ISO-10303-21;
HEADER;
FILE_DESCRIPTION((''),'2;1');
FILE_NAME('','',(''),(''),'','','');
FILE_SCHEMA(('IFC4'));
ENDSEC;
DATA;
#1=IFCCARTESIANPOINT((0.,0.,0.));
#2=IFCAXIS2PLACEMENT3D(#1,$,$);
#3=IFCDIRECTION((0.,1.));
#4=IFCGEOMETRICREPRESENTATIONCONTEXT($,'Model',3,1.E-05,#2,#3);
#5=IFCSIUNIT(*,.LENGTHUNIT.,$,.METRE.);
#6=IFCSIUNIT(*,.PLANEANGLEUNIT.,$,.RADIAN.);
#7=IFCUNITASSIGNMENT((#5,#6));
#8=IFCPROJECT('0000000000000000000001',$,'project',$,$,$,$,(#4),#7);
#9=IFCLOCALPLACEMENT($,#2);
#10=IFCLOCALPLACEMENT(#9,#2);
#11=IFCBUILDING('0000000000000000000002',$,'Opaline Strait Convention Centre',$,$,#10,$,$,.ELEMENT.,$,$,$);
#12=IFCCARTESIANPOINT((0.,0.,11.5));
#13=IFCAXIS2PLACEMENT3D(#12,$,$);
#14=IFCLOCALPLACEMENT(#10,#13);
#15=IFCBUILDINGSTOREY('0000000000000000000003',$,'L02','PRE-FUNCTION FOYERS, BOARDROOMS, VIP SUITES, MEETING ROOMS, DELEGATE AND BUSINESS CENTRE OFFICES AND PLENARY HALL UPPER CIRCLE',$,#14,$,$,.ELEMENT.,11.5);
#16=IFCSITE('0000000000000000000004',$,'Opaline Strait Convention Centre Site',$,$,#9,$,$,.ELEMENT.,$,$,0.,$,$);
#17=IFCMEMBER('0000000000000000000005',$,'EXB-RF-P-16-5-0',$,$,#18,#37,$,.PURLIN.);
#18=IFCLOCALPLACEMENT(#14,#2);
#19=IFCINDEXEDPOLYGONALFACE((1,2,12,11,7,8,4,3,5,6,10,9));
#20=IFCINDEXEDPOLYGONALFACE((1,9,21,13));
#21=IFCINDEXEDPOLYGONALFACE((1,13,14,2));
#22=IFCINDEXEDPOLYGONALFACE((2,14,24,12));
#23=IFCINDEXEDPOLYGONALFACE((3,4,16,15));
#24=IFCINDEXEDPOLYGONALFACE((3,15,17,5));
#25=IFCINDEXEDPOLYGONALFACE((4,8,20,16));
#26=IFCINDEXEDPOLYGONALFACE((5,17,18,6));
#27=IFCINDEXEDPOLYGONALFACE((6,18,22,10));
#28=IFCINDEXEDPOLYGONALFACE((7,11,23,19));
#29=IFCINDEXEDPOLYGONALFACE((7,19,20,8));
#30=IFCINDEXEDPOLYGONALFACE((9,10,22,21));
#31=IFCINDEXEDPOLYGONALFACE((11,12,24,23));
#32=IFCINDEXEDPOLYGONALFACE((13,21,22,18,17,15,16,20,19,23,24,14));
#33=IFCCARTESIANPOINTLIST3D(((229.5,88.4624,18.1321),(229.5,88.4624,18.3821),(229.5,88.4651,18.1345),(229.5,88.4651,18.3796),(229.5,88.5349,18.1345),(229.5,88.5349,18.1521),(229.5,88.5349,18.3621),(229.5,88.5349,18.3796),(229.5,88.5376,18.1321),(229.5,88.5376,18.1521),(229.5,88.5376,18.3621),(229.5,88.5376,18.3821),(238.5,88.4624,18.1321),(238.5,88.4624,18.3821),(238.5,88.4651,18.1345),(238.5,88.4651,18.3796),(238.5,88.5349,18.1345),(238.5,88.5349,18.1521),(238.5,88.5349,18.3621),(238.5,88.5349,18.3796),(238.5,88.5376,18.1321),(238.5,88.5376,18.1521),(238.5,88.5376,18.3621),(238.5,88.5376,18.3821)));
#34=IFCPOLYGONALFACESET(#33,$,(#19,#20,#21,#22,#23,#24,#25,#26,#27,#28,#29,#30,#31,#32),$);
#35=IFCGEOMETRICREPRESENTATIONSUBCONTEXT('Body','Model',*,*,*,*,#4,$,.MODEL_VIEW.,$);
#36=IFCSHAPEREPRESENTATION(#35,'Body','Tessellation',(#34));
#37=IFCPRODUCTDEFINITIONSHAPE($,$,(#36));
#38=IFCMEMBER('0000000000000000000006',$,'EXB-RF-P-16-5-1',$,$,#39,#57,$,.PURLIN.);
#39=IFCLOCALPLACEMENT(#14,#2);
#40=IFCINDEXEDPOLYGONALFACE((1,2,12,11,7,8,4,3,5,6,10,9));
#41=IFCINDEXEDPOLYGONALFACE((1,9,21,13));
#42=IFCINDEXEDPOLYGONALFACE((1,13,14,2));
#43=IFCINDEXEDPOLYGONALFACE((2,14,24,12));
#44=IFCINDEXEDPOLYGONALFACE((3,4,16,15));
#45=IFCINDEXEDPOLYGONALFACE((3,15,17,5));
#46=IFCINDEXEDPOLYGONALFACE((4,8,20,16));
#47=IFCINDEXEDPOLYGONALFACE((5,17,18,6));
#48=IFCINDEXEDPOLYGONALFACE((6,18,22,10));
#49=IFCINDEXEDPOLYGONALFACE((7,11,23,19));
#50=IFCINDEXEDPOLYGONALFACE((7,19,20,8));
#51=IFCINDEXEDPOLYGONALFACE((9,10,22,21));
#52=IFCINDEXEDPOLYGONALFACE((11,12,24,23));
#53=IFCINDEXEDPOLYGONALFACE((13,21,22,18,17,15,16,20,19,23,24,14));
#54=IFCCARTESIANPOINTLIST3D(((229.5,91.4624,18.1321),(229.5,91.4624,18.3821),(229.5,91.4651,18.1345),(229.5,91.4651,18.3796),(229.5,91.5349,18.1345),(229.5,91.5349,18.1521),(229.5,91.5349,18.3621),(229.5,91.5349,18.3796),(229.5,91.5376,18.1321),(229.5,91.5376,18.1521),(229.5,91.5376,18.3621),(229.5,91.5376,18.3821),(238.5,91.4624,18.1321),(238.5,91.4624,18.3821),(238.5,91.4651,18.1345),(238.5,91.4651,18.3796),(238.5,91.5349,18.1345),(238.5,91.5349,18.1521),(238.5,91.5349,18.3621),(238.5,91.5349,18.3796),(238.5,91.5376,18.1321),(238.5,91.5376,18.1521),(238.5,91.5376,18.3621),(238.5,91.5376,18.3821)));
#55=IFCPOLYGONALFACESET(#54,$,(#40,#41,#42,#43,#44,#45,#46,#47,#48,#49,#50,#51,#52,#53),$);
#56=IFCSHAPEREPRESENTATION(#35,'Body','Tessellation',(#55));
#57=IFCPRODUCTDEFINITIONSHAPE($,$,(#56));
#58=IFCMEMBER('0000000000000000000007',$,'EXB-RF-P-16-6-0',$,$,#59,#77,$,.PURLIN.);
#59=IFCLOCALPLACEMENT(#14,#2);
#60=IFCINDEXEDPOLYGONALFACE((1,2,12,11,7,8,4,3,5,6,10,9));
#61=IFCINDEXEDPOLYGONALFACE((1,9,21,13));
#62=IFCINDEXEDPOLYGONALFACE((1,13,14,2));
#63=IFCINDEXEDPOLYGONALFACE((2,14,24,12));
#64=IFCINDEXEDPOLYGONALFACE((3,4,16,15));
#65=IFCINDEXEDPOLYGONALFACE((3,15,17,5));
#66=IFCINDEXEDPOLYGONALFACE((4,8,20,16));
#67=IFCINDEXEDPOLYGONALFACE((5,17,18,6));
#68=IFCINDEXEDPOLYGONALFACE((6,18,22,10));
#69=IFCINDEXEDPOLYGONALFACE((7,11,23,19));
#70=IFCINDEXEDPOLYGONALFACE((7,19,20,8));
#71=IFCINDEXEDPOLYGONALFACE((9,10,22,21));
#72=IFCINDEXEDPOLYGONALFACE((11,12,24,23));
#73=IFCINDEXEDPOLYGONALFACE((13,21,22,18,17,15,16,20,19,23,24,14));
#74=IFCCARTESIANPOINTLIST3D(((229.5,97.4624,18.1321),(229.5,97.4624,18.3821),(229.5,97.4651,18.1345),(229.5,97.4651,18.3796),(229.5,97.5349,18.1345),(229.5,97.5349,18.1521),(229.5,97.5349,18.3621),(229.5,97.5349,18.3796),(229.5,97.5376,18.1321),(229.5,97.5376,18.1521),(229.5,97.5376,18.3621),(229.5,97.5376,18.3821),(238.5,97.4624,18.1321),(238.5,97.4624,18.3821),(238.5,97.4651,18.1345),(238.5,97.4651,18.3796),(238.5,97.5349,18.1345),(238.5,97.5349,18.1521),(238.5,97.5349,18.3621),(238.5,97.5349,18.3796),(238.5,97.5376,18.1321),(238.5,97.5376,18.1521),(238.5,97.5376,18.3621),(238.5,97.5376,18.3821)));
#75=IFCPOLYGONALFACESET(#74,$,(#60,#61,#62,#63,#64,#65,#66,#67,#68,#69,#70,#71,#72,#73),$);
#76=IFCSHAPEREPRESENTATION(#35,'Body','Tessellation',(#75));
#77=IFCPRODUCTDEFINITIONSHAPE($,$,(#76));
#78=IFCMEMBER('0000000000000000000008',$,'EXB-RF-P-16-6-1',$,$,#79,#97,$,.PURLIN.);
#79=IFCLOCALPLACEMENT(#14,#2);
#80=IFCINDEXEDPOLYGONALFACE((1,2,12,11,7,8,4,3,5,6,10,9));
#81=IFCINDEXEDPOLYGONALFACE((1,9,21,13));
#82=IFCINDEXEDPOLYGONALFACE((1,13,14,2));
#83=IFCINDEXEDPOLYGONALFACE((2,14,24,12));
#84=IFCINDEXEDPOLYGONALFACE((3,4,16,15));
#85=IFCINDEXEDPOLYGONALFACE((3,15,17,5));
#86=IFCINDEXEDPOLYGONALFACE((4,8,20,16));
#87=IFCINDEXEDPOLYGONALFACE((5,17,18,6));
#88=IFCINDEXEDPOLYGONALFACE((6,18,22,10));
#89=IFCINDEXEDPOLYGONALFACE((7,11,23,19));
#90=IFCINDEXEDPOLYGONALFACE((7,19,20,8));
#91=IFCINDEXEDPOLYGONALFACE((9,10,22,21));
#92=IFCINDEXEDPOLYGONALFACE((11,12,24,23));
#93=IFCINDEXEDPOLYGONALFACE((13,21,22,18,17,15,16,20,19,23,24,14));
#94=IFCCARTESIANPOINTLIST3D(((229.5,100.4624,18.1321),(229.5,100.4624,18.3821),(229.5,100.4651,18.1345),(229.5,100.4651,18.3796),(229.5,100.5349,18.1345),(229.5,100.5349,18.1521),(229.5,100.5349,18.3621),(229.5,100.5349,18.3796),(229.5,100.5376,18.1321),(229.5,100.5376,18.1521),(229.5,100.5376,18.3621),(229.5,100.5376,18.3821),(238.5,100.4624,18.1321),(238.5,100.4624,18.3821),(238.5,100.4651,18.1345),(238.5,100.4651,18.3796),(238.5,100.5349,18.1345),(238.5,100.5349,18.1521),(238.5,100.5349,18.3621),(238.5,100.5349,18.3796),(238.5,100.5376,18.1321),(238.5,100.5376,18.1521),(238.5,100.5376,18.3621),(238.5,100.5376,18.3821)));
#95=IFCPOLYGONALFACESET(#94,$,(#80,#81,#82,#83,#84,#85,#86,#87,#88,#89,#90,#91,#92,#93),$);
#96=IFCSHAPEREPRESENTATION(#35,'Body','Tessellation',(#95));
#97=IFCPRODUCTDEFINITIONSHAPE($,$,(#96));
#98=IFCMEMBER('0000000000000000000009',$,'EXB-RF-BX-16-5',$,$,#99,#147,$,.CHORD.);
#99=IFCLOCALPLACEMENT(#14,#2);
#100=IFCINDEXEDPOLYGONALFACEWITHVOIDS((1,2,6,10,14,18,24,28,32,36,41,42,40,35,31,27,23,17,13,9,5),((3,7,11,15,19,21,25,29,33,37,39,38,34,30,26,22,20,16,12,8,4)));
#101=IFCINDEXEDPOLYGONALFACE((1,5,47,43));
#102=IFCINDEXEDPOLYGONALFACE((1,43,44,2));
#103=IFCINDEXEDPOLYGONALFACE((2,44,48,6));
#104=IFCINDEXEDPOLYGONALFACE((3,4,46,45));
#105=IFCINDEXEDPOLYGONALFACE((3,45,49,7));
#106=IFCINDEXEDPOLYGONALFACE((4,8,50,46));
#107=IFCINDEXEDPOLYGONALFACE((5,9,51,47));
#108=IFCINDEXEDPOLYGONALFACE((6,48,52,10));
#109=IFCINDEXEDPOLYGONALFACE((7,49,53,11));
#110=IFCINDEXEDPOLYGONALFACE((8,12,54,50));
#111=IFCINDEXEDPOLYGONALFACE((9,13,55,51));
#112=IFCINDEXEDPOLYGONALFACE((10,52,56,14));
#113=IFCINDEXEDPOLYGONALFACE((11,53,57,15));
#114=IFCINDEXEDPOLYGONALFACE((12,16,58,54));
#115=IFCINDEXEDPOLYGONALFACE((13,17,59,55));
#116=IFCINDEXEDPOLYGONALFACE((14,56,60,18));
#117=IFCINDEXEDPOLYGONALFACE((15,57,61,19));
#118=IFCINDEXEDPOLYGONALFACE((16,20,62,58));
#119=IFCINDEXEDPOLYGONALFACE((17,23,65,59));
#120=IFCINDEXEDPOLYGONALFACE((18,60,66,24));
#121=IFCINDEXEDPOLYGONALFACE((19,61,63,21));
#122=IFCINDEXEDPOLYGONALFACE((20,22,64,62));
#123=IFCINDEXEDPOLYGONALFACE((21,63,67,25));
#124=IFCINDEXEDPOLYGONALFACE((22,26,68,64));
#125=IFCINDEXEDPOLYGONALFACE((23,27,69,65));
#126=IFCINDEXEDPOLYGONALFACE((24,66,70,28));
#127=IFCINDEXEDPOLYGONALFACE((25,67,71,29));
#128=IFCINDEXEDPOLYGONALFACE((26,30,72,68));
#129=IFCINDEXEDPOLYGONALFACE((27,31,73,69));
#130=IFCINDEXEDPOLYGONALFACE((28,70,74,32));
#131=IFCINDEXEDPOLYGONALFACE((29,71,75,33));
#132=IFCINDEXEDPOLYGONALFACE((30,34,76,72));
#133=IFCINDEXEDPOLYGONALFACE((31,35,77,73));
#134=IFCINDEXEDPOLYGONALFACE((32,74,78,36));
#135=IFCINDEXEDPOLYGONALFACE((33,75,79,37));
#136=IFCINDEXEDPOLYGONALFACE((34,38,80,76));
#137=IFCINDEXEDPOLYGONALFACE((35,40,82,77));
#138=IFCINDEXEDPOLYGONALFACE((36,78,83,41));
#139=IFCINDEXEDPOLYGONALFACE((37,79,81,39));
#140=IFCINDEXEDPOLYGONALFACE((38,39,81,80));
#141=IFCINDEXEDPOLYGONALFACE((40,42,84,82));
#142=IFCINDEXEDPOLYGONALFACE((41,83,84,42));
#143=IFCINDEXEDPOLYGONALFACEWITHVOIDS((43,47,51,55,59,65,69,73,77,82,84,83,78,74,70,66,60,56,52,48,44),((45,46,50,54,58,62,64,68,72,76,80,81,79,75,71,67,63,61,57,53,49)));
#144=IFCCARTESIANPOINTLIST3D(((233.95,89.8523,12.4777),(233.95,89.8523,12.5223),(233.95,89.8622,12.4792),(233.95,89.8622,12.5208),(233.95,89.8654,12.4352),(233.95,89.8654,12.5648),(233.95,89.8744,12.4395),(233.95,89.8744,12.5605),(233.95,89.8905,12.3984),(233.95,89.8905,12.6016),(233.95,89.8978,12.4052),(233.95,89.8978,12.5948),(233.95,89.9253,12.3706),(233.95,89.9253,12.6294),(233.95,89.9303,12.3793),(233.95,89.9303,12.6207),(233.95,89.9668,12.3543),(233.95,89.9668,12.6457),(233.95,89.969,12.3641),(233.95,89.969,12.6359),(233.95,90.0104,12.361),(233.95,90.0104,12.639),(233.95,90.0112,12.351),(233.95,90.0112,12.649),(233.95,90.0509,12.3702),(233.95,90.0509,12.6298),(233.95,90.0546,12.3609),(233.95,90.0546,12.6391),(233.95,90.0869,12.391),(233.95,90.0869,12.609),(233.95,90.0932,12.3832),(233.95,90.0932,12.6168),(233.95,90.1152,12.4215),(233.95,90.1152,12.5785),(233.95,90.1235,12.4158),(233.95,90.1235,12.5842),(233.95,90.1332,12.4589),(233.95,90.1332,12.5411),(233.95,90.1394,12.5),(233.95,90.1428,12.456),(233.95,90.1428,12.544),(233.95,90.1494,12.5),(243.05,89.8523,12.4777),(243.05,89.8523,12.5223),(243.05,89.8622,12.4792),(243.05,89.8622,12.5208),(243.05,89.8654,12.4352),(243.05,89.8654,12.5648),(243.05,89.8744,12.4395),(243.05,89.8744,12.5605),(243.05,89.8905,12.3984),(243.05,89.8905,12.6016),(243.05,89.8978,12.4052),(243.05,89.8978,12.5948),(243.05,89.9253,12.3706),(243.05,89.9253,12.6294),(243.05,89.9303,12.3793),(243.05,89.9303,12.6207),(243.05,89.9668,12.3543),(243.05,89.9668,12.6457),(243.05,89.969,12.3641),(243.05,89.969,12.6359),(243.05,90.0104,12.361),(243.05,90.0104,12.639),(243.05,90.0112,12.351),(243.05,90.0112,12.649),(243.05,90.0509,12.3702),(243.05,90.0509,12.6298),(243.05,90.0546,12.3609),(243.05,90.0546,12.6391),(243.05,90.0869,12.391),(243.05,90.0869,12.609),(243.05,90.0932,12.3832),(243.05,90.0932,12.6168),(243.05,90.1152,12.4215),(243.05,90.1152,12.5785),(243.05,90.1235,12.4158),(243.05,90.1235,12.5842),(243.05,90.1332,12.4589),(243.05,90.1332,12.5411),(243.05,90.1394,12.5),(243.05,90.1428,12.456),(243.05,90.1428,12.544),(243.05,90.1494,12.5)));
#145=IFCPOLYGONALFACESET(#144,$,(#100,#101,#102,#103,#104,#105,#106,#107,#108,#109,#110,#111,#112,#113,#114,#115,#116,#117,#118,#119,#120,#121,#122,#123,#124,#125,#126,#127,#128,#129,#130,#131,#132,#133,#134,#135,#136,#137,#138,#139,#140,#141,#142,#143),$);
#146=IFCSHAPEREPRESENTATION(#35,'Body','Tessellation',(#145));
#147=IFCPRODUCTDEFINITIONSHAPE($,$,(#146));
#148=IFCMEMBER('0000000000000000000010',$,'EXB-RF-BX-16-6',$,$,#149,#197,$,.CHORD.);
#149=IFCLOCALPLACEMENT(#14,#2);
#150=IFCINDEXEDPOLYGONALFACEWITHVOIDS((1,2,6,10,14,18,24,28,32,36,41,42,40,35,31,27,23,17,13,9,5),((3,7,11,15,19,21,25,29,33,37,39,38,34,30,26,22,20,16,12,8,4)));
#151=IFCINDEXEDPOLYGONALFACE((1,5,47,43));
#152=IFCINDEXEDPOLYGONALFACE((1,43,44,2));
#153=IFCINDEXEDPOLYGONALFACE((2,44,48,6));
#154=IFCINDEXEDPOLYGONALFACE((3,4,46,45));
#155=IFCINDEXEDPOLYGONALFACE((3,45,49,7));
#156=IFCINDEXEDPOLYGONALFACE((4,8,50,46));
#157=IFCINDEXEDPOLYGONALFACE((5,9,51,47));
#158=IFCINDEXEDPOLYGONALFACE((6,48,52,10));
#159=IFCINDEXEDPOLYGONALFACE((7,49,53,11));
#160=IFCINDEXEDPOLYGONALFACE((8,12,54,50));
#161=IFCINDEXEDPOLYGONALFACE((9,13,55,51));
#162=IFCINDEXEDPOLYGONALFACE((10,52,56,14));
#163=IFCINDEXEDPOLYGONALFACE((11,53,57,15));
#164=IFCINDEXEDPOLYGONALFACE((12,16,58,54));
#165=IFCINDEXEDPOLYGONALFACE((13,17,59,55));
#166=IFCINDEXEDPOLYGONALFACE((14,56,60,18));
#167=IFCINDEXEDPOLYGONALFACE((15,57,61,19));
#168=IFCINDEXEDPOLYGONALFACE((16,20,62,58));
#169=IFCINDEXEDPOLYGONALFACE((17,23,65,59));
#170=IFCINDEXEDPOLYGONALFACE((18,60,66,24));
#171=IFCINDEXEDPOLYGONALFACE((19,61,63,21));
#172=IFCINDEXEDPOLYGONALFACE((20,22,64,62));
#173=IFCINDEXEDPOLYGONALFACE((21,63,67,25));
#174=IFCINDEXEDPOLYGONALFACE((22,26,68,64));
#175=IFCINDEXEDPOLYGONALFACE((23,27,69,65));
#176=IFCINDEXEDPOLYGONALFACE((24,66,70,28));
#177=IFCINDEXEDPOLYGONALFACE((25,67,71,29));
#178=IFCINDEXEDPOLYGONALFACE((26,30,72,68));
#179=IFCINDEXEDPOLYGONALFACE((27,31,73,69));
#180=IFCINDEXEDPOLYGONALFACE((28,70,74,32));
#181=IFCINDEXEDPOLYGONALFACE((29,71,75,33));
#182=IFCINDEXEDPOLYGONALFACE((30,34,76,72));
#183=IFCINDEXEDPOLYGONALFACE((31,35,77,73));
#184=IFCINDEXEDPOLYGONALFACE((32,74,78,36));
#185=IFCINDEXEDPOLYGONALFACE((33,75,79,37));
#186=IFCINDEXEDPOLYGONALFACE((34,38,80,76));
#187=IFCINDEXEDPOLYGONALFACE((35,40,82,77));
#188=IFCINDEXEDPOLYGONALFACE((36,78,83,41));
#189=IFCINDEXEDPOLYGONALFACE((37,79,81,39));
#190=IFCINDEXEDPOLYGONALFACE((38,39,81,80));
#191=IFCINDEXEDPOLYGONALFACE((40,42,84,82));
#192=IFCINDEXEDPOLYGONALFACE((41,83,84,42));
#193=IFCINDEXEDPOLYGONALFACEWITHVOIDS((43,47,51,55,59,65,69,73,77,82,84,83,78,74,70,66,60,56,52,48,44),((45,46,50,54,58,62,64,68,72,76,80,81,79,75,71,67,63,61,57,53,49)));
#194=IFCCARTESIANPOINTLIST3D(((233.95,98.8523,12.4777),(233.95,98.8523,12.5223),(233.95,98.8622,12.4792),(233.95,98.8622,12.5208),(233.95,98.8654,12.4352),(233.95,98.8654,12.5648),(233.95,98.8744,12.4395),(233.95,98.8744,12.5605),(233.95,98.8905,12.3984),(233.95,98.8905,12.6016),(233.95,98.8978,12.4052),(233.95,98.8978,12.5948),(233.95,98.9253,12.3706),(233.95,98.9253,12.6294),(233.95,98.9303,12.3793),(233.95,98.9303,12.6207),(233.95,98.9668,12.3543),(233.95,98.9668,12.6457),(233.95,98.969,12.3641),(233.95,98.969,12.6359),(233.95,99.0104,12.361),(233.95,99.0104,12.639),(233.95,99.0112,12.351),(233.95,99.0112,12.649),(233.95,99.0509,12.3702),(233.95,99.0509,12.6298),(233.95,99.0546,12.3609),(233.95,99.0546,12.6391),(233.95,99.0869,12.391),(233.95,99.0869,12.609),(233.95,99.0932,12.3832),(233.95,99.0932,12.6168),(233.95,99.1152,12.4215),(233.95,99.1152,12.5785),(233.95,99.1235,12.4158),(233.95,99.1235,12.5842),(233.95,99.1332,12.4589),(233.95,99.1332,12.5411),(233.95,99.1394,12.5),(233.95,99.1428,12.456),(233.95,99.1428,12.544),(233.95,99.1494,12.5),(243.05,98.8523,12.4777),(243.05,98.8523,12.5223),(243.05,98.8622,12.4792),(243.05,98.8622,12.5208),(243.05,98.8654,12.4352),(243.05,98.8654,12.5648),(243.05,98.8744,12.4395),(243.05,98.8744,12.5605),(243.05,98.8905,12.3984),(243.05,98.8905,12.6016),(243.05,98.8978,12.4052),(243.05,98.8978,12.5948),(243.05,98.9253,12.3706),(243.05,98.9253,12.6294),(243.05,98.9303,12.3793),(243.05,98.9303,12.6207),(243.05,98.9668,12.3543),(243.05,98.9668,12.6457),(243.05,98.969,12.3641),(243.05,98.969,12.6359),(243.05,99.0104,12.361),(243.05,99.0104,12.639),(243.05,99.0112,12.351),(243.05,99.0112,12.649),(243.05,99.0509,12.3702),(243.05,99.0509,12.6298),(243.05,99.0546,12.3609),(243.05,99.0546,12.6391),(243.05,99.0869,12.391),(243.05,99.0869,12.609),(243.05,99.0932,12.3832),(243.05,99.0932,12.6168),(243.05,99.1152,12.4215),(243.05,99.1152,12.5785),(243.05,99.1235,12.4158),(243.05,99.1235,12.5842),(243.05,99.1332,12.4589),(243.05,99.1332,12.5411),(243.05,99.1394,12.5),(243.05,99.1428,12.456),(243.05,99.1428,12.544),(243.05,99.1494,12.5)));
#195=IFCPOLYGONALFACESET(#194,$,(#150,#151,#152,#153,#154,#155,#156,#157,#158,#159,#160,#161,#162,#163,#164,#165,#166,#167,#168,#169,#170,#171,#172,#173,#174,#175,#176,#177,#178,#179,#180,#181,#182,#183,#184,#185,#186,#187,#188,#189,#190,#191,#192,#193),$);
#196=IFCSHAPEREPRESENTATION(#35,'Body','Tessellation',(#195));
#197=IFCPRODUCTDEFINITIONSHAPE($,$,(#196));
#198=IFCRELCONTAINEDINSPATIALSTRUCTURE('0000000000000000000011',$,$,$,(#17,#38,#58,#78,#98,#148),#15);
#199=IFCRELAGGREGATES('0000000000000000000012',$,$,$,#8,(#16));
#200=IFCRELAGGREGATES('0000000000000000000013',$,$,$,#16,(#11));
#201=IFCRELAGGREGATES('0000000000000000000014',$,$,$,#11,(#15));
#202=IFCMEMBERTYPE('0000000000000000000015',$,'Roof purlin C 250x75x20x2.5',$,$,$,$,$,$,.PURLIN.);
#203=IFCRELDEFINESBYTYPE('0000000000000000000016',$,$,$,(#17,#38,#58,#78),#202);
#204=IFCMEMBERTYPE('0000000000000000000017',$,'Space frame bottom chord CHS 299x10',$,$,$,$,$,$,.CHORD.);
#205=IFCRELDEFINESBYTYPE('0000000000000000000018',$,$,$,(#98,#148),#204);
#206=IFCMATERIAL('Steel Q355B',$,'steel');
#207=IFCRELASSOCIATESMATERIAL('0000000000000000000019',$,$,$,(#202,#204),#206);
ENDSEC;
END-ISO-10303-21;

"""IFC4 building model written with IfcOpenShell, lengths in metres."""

from ifc_helpers import new_model, si_unit, direction, frame, origin, origin_2d, place, context, subcontext, project, spatial, polyline, hollow_circle, outline, extrude, material, material_profile, profile_set, type_object, element, save


model = new_model("IFC4")

# Units and contexts
model_context = context("Model", 3, precision=1e-05, world=origin(), true_north=direction((0.0, 1.0)))
body_context = subcontext(model_context, "Body", "Model", "MODEL_VIEW")
ifc_project = project(units=[si_unit("LENGTHUNIT", "METRE"), si_unit("PLANEANGLEUNIT", "RADIAN")], contexts=[model_context])

# Site, building, storey
site_placement = place(None, origin())
site = spatial("IfcSite", under=ifc_project, at=site_placement, Name="Opaline Strait Convention Centre Site", CompositionType="ELEMENT", RefElevation=0.0)
building_placement = place(site_placement, origin())
building = spatial("IfcBuilding", under=site, at=building_placement, Name="Opaline Strait Convention Centre", CompositionType="ELEMENT")
storey_placement = place(building_placement, frame((0.0, 0.0, 11.5)))
storey = spatial("IfcBuildingStorey", under=building, at=storey_placement, Name="L02", Description="PRE-FUNCTION FOYERS, BOARDROOMS, VIP SUITES, MEETING ROOMS, DELEGATE AND BUSINESS CENTRE OFFICES AND PLENARY HALL UPPER CIRCLE", CompositionType="ELEMENT", Elevation=11.5)

# Members
ifc_material = material(Name="Steel Q355B", Category="steel")
ifc_material_profile_1 = material_profile(ifc_material, outline(polyline([(-0.0376, -0.125), (0.0376, -0.125), (0.0376, -0.105), (0.0349, -0.105), (0.0349, -0.1226), (-0.0349, -0.1226), (-0.0349, 0.1226), (0.0349, 0.1226), (0.0349, 0.105), (0.0376, 0.105), (0.0376, 0.125), (-0.0376, 0.125), (-0.0376, -0.125)])), Name="C 250x75x20x2.5")
ifc_profile_set_1 = profile_set([ifc_material_profile_1], Name="Steel Q355B")
member_type_1 = type_object("IfcMemberType", Name="Roof purlin C 250x75x20x2.5", PredefinedType="PURLIN", material=ifc_profile_set_1)
for number, where, z_axis, x_axis, name in (
    (1, (229.5, 88.5, 18.2571), (1.0, 0.0, 0.0), (0.0, 1.0, 0.0), "EXB-RF-P-16-5-0"),
    (2, (229.5, 91.5, 18.2571), (1.0, 0.0, 0.0), (0.0, 1.0, 0.0), "EXB-RF-P-16-5-1"),
    (3, (229.5, 97.5, 18.2571), (1.0, 0.0, 0.0), (0.0, 1.0, 0.0), "EXB-RF-P-16-6-0"),
    (4, (229.5, 100.5, 18.2571), (1.0, 0.0, 0.0), (0.0, 1.0, 0.0), "EXB-RF-P-16-6-1"),
):
    element("IfcMember", number, at=place(storey_placement, frame(where, z_axis=z_axis, x_axis=x_axis)), inside=storey, type_object=member_type_1, Name=name, PredefinedType="PURLIN", context=body_context, shape_type="SweptSolid", body=[
        extrude(outline(polyline([(-0.0376, -0.125), (0.0376, -0.125), (0.0376, -0.105), (0.0349, -0.105), (0.0349, -0.1226), (-0.0349, -0.1226), (-0.0349, 0.1226), (0.0349, 0.1226), (0.0349, 0.105), (0.0376, 0.105), (0.0376, 0.125), (-0.0376, 0.125), (-0.0376, -0.125)])), origin(), (0.0, 0.0, 1.0), 9.0),
    ])
ifc_material_profile_2 = material_profile(ifc_material, hollow_circle(Radius=0.1494, WallThickness=0.01, at=origin_2d()), Name="CHS 299x10")
ifc_profile_set_2 = profile_set([ifc_material_profile_2], Name="Steel Q355B")
member_type_2 = type_object("IfcMemberType", Name="Space frame bottom chord CHS 299x10", PredefinedType="CHORD", material=ifc_profile_set_2)
for number, where, z_axis, x_axis, name in (
    (5, (233.95, 90.0, 12.5), (1.0, 0.0, 0.0), (0.0, 1.0, 0.0), "EXB-RF-BX-16-5"),
    (6, (233.95, 99.0, 12.5), (1.0, 0.0, 0.0), (0.0, 1.0, 0.0), "EXB-RF-BX-16-6"),
):
    element("IfcMember", number, at=place(storey_placement, frame(where, z_axis=z_axis, x_axis=x_axis)), inside=storey, type_object=member_type_2, Name=name, PredefinedType="CHORD", context=body_context, shape_type="SweptSolid", body=[
        extrude(hollow_circle(Radius=0.1494, WallThickness=0.01, at=origin_2d()), origin(), (0.0, 0.0, 1.0), 9.1001),
    ])

save(model, "model.ifc")
